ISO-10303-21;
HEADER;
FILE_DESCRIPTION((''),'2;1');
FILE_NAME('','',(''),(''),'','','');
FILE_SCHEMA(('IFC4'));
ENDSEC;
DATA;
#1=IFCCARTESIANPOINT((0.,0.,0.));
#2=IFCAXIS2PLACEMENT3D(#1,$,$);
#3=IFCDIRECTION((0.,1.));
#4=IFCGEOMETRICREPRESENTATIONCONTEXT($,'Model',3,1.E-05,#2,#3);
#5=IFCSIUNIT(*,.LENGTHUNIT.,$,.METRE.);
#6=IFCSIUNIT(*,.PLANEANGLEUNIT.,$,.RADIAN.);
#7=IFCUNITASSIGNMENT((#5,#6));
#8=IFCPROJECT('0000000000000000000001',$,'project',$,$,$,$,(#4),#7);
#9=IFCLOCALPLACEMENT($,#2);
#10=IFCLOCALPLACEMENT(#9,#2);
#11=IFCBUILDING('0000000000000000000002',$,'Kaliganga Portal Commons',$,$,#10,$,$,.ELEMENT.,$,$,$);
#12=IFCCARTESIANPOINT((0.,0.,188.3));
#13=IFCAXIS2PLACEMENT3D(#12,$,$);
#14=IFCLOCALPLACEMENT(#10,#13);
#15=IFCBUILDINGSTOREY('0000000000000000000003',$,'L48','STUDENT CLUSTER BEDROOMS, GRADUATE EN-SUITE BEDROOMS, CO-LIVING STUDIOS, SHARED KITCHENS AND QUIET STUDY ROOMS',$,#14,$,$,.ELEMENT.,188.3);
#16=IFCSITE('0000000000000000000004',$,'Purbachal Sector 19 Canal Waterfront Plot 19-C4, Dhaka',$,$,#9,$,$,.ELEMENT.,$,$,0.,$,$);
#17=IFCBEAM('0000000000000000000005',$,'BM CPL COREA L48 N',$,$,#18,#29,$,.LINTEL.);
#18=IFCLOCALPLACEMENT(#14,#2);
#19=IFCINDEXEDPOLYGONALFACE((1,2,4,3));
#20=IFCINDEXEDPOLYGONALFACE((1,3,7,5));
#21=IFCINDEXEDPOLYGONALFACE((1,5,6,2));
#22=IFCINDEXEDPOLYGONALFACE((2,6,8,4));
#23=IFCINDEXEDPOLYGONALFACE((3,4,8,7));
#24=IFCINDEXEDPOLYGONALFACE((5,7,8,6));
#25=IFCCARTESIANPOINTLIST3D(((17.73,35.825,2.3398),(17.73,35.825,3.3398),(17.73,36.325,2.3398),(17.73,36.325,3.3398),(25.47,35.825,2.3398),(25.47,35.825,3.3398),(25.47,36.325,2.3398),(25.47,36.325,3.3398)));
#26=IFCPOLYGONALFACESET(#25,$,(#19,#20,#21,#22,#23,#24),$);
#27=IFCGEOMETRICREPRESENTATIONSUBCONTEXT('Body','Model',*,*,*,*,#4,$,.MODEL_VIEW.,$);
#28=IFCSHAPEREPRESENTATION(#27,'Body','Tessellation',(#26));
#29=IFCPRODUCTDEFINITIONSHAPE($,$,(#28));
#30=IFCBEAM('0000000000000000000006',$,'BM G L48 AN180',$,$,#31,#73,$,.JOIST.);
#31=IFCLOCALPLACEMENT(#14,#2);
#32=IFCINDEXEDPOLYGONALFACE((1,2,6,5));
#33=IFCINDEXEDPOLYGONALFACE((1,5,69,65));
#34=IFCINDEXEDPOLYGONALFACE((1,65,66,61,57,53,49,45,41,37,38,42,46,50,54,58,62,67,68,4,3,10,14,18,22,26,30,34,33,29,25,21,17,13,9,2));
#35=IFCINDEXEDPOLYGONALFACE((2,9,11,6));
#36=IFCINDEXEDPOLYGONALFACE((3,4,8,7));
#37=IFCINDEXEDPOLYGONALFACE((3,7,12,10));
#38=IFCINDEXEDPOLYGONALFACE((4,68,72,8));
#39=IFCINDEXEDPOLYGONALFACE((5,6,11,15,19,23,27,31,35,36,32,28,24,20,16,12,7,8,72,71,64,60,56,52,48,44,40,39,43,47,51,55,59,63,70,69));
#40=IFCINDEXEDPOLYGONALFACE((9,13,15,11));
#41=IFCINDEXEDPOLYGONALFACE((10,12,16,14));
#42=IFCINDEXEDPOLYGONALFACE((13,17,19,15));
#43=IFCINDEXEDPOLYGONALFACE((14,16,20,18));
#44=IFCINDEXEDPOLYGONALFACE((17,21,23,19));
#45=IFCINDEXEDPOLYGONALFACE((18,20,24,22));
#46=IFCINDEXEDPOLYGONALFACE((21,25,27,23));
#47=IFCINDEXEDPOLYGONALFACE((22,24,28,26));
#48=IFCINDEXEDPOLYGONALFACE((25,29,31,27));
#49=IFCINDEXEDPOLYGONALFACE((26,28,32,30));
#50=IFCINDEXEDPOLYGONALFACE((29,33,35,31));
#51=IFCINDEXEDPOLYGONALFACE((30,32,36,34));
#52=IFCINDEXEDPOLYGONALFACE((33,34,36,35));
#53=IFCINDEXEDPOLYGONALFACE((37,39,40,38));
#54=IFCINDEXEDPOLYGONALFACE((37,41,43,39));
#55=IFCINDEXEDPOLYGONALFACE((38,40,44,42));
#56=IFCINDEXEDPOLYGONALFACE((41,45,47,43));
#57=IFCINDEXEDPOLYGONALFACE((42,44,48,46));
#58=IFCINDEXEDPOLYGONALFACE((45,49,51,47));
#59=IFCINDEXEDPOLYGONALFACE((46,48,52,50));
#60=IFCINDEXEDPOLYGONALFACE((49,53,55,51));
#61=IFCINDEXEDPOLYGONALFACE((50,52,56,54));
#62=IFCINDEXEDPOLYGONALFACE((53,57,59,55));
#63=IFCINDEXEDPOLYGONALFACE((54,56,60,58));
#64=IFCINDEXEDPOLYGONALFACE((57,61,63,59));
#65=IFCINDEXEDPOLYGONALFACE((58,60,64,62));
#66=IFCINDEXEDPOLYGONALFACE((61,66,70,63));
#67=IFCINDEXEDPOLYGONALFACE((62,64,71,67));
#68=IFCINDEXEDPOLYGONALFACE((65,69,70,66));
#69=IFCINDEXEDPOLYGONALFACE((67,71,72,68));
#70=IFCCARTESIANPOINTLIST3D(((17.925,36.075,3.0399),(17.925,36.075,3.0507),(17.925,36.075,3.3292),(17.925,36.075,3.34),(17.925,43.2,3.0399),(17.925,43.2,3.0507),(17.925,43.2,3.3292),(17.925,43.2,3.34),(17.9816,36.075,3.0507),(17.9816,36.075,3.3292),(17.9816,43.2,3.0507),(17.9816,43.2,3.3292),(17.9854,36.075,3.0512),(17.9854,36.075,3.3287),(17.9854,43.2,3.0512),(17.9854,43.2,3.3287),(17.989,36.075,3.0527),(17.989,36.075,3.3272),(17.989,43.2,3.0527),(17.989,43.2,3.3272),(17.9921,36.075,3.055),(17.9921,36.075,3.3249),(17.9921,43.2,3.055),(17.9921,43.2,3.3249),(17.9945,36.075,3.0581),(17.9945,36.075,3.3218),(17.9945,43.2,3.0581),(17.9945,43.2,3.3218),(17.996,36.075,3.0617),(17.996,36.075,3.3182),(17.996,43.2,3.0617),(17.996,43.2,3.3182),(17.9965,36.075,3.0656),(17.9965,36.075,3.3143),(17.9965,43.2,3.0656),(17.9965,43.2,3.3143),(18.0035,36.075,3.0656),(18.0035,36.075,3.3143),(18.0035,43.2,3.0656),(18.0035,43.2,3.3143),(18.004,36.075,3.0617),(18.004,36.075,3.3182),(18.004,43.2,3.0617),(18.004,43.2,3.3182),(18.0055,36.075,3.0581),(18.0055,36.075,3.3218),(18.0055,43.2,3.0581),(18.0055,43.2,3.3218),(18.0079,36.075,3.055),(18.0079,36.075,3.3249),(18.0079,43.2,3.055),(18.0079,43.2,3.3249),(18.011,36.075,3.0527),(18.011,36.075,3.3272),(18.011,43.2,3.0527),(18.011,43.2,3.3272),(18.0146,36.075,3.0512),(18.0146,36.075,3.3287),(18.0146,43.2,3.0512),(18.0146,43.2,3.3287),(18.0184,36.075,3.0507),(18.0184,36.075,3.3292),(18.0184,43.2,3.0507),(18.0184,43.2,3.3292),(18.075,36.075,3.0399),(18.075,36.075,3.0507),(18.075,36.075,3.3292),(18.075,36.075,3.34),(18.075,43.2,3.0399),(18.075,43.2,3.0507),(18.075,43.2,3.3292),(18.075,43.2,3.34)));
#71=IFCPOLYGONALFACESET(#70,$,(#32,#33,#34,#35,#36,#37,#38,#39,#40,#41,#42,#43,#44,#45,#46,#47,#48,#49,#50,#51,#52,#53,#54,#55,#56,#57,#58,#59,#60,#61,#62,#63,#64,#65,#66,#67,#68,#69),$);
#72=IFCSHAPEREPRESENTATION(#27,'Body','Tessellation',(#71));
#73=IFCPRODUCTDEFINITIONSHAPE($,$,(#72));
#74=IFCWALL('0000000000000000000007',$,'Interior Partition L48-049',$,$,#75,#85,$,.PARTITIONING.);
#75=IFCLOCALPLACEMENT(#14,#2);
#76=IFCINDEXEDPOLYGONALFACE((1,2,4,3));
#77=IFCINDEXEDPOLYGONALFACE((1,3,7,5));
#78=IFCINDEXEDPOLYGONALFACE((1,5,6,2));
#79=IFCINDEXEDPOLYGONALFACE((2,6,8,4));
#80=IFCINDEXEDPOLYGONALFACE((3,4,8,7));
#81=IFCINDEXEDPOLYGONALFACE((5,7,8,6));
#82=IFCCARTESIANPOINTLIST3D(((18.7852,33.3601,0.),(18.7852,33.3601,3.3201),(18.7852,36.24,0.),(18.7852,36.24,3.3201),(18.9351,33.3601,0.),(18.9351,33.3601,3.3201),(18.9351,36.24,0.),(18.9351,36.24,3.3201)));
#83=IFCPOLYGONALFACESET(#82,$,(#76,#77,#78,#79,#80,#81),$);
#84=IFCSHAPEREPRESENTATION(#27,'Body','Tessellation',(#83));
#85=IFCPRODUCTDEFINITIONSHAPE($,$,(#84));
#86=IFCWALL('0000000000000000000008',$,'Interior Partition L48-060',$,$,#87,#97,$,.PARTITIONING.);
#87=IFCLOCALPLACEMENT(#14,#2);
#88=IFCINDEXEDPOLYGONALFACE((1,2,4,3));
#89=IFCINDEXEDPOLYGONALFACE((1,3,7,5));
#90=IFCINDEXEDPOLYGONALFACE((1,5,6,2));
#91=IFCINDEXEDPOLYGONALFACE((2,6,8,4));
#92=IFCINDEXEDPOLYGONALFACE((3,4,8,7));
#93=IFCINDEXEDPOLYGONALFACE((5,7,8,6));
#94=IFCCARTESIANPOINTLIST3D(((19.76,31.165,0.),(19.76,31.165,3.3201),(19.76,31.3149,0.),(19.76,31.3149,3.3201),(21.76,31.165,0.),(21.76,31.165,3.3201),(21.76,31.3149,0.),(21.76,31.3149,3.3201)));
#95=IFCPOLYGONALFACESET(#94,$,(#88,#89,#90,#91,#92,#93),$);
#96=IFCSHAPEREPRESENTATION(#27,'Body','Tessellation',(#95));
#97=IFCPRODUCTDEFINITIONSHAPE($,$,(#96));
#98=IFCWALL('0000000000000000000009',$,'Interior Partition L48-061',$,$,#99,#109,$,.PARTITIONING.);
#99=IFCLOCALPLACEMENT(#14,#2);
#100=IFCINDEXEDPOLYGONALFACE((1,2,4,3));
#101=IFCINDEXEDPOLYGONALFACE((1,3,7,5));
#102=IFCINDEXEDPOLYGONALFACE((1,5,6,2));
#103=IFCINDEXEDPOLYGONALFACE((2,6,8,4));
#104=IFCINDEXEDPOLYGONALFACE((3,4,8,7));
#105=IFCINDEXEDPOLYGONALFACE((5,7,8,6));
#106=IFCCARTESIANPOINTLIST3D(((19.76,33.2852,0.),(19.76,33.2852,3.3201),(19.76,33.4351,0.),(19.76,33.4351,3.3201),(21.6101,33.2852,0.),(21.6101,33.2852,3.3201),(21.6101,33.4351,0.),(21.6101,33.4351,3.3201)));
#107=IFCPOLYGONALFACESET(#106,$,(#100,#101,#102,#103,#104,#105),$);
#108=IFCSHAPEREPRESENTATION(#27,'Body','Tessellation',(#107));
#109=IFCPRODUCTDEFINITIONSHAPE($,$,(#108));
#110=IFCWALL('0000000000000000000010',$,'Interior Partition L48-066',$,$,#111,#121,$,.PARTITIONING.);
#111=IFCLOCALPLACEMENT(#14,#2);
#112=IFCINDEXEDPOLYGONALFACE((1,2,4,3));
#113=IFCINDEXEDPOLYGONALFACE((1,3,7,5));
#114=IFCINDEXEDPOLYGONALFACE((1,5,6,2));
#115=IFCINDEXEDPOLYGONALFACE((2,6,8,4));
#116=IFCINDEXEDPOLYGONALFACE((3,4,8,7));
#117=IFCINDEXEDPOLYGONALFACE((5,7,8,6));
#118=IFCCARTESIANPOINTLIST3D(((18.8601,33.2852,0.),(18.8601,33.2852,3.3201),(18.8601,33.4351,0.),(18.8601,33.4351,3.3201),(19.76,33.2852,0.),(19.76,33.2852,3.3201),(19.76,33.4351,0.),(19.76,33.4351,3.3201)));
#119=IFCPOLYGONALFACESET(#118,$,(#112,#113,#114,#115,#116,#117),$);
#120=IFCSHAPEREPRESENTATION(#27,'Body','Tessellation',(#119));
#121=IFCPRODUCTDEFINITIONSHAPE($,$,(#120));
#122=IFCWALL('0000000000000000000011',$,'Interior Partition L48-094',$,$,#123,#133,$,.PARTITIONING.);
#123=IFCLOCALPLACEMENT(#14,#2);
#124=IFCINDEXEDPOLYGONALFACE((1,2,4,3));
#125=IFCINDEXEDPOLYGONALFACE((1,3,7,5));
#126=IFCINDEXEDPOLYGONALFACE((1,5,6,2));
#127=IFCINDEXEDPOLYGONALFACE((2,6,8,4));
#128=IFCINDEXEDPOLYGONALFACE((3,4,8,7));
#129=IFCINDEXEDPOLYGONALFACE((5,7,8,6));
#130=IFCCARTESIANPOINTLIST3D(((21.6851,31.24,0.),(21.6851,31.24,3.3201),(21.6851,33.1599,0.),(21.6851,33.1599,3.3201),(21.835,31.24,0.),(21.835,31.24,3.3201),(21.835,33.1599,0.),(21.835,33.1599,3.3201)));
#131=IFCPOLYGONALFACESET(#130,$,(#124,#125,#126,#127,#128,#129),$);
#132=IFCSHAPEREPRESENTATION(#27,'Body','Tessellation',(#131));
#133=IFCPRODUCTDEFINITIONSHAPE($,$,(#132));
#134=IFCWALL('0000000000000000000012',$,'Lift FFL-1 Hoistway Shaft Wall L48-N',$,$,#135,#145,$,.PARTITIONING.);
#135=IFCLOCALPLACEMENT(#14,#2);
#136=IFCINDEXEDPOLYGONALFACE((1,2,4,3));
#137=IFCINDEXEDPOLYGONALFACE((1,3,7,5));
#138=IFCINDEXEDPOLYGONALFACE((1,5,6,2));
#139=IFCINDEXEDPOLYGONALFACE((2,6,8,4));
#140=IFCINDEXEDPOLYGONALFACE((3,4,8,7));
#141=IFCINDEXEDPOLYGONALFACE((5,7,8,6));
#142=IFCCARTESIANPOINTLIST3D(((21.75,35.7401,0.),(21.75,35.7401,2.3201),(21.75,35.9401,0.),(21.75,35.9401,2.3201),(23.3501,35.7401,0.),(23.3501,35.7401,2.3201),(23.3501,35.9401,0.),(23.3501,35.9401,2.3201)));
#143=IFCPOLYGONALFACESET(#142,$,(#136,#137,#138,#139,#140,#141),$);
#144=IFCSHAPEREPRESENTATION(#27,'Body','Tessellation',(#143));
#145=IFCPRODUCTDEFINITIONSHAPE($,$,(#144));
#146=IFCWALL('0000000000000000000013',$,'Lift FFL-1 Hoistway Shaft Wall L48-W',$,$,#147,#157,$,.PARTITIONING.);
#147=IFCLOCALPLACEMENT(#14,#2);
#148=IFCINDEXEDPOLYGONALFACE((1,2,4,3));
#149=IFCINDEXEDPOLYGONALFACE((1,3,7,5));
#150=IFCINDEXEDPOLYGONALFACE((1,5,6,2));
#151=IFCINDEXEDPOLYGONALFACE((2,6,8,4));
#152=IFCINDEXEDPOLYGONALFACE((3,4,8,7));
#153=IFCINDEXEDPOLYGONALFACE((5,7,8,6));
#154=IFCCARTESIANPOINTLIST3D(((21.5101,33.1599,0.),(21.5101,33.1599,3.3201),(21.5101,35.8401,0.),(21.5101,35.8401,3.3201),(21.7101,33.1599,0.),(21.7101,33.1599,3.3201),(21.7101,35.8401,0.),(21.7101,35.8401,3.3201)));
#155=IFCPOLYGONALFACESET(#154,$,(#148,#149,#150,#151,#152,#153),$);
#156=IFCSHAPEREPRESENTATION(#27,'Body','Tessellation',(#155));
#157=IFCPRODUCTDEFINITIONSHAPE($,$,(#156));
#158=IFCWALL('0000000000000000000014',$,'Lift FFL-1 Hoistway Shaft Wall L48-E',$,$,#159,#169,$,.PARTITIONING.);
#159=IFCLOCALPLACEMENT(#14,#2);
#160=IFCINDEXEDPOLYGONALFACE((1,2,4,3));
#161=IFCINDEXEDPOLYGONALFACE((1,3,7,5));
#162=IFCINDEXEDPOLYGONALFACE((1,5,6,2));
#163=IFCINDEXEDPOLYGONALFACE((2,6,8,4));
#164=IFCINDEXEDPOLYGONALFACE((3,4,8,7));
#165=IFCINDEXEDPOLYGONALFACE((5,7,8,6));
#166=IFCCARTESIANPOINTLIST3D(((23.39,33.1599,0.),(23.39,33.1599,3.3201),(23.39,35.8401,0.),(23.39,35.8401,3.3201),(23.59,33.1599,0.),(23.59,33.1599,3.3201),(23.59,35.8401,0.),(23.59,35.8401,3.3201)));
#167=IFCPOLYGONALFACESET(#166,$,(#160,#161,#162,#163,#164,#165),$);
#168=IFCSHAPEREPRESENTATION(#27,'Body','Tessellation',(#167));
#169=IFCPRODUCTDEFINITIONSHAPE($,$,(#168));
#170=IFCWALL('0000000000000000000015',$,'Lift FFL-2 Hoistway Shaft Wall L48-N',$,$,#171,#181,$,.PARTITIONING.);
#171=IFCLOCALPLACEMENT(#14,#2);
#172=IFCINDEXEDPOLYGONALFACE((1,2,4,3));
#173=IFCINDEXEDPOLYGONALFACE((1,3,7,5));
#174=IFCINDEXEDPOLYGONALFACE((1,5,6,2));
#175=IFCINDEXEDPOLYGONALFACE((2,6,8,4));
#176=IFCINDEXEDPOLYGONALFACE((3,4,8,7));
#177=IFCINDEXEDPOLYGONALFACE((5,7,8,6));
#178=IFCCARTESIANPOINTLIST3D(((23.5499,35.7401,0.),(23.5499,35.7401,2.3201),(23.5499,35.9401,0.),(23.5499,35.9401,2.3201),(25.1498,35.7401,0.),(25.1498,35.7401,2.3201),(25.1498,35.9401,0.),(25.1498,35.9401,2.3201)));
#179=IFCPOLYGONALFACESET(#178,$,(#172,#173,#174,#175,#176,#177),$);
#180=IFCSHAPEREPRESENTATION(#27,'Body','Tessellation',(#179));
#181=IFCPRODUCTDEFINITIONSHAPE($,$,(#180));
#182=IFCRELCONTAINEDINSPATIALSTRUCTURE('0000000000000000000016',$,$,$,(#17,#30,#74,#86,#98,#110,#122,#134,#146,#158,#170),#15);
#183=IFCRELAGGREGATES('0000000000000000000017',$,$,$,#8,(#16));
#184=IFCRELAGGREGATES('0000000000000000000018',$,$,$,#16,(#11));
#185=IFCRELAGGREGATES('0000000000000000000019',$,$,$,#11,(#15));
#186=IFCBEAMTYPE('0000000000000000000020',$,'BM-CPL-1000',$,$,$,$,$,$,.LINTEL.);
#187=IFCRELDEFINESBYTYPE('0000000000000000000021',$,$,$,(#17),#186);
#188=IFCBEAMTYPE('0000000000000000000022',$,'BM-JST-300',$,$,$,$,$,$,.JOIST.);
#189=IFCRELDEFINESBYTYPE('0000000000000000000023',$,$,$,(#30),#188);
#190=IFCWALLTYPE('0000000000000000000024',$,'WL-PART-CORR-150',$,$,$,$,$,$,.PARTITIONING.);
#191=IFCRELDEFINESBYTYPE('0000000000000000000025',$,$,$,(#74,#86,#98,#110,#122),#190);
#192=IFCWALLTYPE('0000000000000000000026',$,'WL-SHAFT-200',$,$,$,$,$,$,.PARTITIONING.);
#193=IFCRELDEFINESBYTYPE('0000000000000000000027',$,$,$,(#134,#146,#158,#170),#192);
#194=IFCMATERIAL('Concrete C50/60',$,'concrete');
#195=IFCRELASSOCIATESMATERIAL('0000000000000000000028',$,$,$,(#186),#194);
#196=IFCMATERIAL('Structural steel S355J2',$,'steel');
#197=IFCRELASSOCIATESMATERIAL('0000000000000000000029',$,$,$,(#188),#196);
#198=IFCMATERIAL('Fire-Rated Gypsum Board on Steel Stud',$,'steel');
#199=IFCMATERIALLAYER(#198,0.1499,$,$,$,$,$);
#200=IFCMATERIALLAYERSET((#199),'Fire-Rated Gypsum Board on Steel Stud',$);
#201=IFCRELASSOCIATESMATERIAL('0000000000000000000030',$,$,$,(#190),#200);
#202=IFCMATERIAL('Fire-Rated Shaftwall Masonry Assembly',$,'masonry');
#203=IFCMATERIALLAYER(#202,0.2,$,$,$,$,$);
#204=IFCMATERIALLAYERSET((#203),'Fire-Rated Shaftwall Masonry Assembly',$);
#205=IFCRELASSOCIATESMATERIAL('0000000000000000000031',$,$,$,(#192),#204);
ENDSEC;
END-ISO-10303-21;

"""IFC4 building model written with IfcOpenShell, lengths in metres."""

from ifc_helpers import new_model, si_unit, direction, frame, frame_2d, origin, origin_2d, place, context, subcontext, project, spatial, rectangle, i_section, extrude, source, transform, mapped, material, layer, layer_set, material_profile, profile_set, type_object, element, save


model = new_model("IFC4")

# Units and contexts
model_context = context("Model", 3, precision=1e-05, world=origin(), true_north=direction((0.0, 1.0)))
body_context = subcontext(model_context, "Body", "Model", "MODEL_VIEW")
ifc_project = project(units=[si_unit("LENGTHUNIT", "METRE"), si_unit("PLANEANGLEUNIT", "RADIAN")], contexts=[model_context])

# Site, building, storey
site_placement = place(None, origin())
site = spatial("IfcSite", under=ifc_project, at=site_placement, Name="Purbachal Sector 19 Canal Waterfront Plot 19-C4, Dhaka", CompositionType="ELEMENT", RefElevation=0.0)
building_placement = place(site_placement, origin())
building = spatial("IfcBuilding", under=site, at=building_placement, Name="Kaliganga Portal Commons", CompositionType="ELEMENT")
storey_placement = place(building_placement, frame((0.0, 0.0, 188.3)))
storey = spatial("IfcBuildingStorey", under=building, at=storey_placement, Name="L48", Description="STUDENT CLUSTER BEDROOMS, GRADUATE EN-SUITE BEDROOMS, CO-LIVING STUDIOS, SHARED KITCHENS AND QUIET STUDY ROOMS", CompositionType="ELEMENT", Elevation=188.3)

# Beams
ifc_material_1 = material(Name="Concrete C50/60", Category="concrete")
ifc_material_profile_1 = material_profile(ifc_material_1, rectangle(XDim=0.5, YDim=1.0, at=origin_2d()), Name="RC 500x1000")
ifc_profile_set_1 = profile_set([ifc_material_profile_1], Name="Concrete C50/60")
beam_type_1 = type_object("IfcBeamType", Name="BM-CPL-1000", PredefinedType="LINTEL", material=ifc_profile_set_1)
shared_shape_1 = source(origin(), body_context, "Body", "SweptSolid", [
    extrude(rectangle(XDim=0.5, YDim=1.0, at=origin_2d()), origin(), (0.0, 0.0, 1.0), 7.74),
])
beam_1_placement = place(storey_placement, frame((17.73, 36.075, 2.8398), z_axis=(1.0, 0.0, 0.0), x_axis=(0.0, 1.0, 0.0)))
element("IfcBeam", 1, at=beam_1_placement, inside=storey, type_object=beam_type_1, Name="BM CPL COREA L48 N", PredefinedType="LINTEL", context=body_context, shape_type="MappedRepresentation", body=[
    mapped(shared_shape_1, transform((0.0, 0.0, 0.0), x_axis=(1.0, 0.0, 0.0), y_axis=(0.0, 1.0, 0.0), z_axis=(0.0, 0.0, 1.0), scale=1.0)),
])
ifc_material_2 = material(Name="Structural steel S355J2", Category="steel")
ifc_material_profile_2 = material_profile(ifc_material_2, i_section(OverallWidth=0.1499, OverallDepth=0.3, WebThickness=0.0071, FlangeThickness=0.0107, FilletRadius=0.0149, at=origin_2d()), Name="IPE 300")
ifc_profile_set_2 = profile_set([ifc_material_profile_2], Name="Structural steel S355J2 wide-flange")
beam_type_2 = type_object("IfcBeamType", Name="BM-JST-300", PredefinedType="JOIST", material=ifc_profile_set_2)
shared_shape_2 = source(origin(), body_context, "Body", "SweptSolid", [
    extrude(i_section(OverallWidth=0.1499, OverallDepth=0.3, WebThickness=0.0071, FlangeThickness=0.0107, FilletRadius=0.0149, at=origin_2d()), origin(), (0.0, 0.0, 1.0), 7.125),
])
beam_2_placement = place(storey_placement, frame((18.0, 36.075, 3.1899), z_axis=(0.0, 1.0, 0.0), x_axis=(-1.0, 0.0, 0.0)))
element("IfcBeam", 2, at=beam_2_placement, inside=storey, type_object=beam_type_2, Name="BM G L48 AN180", PredefinedType="JOIST", context=body_context, shape_type="MappedRepresentation", body=[
    mapped(shared_shape_2, transform((0.0, 0.0, 0.0), x_axis=(1.0, 0.0, 0.0), y_axis=(0.0, 1.0, 0.0), z_axis=(0.0, 0.0, 1.0), scale=1.0)),
])

# Walls
ifc_material_3 = material(Name="Fire-Rated Gypsum Board on Steel Stud", Category="steel")
ifc_layer_1 = layer(ifc_material_3, 0.1499)
ifc_layer_set_1 = layer_set([ifc_layer_1], Name="Fire-Rated Gypsum Board on Steel Stud")
wall_type_1 = type_object("IfcWallType", Name="WL-PART-CORR-150", PredefinedType="PARTITIONING", material=ifc_layer_set_1)
wall_1_placement = place(storey_placement, frame((18.8601, 33.3601, 0.0), z_axis=(0.0, 0.0, 1.0), x_axis=(0.0, 1.0, 0.0)))
element("IfcWall", 3, at=wall_1_placement, inside=storey, type_object=wall_type_1, Name="Interior Partition L48-049", PredefinedType="PARTITIONING", context=body_context, shape_type="SweptSolid", body=[
    extrude(rectangle(XDim=2.8799, YDim=0.1499, at=frame_2d((1.4399, 0.0))), origin(), (0.0, 0.0, 1.0), 3.3201),
])
wall_2_placement = place(storey_placement, frame((19.76, 31.24, 0.0), z_axis=(0.0, 0.0, 1.0), x_axis=(1.0, 0.0, 0.0)))
element("IfcWall", 4, at=wall_2_placement, inside=storey, type_object=wall_type_1, Name="Interior Partition L48-060", PredefinedType="PARTITIONING", context=body_context, shape_type="SweptSolid", body=[
    extrude(rectangle(XDim=2.0, YDim=0.1499, at=frame_2d((1.0, 0.0))), origin(), (0.0, 0.0, 1.0), 3.3201),
])
wall_3_placement = place(storey_placement, frame((19.76, 33.3601, 0.0), z_axis=(0.0, 0.0, 1.0), x_axis=(1.0, 0.0, 0.0)))
element("IfcWall", 5, at=wall_3_placement, inside=storey, type_object=wall_type_1, Name="Interior Partition L48-061", PredefinedType="PARTITIONING", context=body_context, shape_type="SweptSolid", body=[
    extrude(rectangle(XDim=1.8501, YDim=0.1499, at=frame_2d((0.925, 0.0))), origin(), (0.0, 0.0, 1.0), 3.3201),
])
wall_4_placement = place(storey_placement, frame((18.8601, 33.3601, 0.0), z_axis=(0.0, 0.0, 1.0), x_axis=(1.0, 0.0, 0.0)))
element("IfcWall", 6, at=wall_4_placement, inside=storey, type_object=wall_type_1, Name="Interior Partition L48-066", PredefinedType="PARTITIONING", context=body_context, shape_type="SweptSolid", body=[
    extrude(rectangle(XDim=0.8999, YDim=0.1499, at=frame_2d((0.45, 0.0))), origin(), (0.0, 0.0, 1.0), 3.3201),
])
wall_5_placement = place(storey_placement, frame((21.76, 31.24, 0.0), z_axis=(0.0, 0.0, 1.0), x_axis=(0.0, 1.0, 0.0)))
element("IfcWall", 7, at=wall_5_placement, inside=storey, type_object=wall_type_1, Name="Interior Partition L48-094", PredefinedType="PARTITIONING", context=body_context, shape_type="SweptSolid", body=[
    extrude(rectangle(XDim=1.9199, YDim=0.1499, at=frame_2d((0.96, 0.0))), origin(), (0.0, 0.0, 1.0), 3.3201),
])

# Shared definitions
ifc_material_4 = material(Name="Fire-Rated Shaftwall Masonry Assembly", Category="masonry")
ifc_layer_2 = layer(ifc_material_4, 0.2)
ifc_layer_set_2 = layer_set([ifc_layer_2], Name="Fire-Rated Shaftwall Masonry Assembly")
wall_type_2 = type_object("IfcWallType", Name="WL-SHAFT-200", PredefinedType="PARTITIONING", material=ifc_layer_set_2)

# Walls
wall_6_placement = place(storey_placement, frame((21.75, 35.8401, 0.0), z_axis=(0.0, 0.0, 1.0), x_axis=(1.0, 0.0, 0.0)))
element("IfcWall", 8, at=wall_6_placement, inside=storey, type_object=wall_type_2, Name="Lift FFL-1 Hoistway Shaft Wall L48-N", PredefinedType="PARTITIONING", context=body_context, shape_type="SweptSolid", body=[
    extrude(rectangle(XDim=1.6001, YDim=0.2, at=frame_2d((0.8, 0.0))), origin(), (0.0, 0.0, 1.0), 2.3201),
])
for number, where, z_axis, x_axis, name in (
    (9, (21.6101, 33.1599, 0.0), (0.0, 0.0, 1.0), (0.0, 1.0, 0.0), "Lift FFL-1 Hoistway Shaft Wall L48-W"),
    (10, (23.49, 33.1599, 0.0), (0.0, 0.0, 1.0), (0.0, 1.0, 0.0), "Lift FFL-1 Hoistway Shaft Wall L48-E"),
):
    element("IfcWall", number, at=place(storey_placement, frame(where, z_axis=z_axis, x_axis=x_axis)), inside=storey, type_object=wall_type_2, Name=name, PredefinedType="PARTITIONING", context=body_context, shape_type="SweptSolid", body=[
        extrude(rectangle(XDim=2.6802, YDim=0.2, at=frame_2d((1.3401, 0.0))), origin(), (0.0, 0.0, 1.0), 3.3201),
    ])

# Wall
wall_7_placement = place(storey_placement, frame((23.55, 35.8401, 0.0), z_axis=(0.0, 0.0, 1.0), x_axis=(1.0, 0.0, 0.0)))
element("IfcWall", 11, at=wall_7_placement, inside=storey, type_object=wall_type_2, Name="Lift FFL-2 Hoistway Shaft Wall L48-N", PredefinedType="PARTITIONING", context=body_context, shape_type="SweptSolid", body=[
    extrude(rectangle(XDim=1.5999, YDim=0.2, at=frame_2d((0.7998, 0.0))), origin(), (0.0, 0.0, 1.0), 2.3201),
])

save(model, "model.ifc")
